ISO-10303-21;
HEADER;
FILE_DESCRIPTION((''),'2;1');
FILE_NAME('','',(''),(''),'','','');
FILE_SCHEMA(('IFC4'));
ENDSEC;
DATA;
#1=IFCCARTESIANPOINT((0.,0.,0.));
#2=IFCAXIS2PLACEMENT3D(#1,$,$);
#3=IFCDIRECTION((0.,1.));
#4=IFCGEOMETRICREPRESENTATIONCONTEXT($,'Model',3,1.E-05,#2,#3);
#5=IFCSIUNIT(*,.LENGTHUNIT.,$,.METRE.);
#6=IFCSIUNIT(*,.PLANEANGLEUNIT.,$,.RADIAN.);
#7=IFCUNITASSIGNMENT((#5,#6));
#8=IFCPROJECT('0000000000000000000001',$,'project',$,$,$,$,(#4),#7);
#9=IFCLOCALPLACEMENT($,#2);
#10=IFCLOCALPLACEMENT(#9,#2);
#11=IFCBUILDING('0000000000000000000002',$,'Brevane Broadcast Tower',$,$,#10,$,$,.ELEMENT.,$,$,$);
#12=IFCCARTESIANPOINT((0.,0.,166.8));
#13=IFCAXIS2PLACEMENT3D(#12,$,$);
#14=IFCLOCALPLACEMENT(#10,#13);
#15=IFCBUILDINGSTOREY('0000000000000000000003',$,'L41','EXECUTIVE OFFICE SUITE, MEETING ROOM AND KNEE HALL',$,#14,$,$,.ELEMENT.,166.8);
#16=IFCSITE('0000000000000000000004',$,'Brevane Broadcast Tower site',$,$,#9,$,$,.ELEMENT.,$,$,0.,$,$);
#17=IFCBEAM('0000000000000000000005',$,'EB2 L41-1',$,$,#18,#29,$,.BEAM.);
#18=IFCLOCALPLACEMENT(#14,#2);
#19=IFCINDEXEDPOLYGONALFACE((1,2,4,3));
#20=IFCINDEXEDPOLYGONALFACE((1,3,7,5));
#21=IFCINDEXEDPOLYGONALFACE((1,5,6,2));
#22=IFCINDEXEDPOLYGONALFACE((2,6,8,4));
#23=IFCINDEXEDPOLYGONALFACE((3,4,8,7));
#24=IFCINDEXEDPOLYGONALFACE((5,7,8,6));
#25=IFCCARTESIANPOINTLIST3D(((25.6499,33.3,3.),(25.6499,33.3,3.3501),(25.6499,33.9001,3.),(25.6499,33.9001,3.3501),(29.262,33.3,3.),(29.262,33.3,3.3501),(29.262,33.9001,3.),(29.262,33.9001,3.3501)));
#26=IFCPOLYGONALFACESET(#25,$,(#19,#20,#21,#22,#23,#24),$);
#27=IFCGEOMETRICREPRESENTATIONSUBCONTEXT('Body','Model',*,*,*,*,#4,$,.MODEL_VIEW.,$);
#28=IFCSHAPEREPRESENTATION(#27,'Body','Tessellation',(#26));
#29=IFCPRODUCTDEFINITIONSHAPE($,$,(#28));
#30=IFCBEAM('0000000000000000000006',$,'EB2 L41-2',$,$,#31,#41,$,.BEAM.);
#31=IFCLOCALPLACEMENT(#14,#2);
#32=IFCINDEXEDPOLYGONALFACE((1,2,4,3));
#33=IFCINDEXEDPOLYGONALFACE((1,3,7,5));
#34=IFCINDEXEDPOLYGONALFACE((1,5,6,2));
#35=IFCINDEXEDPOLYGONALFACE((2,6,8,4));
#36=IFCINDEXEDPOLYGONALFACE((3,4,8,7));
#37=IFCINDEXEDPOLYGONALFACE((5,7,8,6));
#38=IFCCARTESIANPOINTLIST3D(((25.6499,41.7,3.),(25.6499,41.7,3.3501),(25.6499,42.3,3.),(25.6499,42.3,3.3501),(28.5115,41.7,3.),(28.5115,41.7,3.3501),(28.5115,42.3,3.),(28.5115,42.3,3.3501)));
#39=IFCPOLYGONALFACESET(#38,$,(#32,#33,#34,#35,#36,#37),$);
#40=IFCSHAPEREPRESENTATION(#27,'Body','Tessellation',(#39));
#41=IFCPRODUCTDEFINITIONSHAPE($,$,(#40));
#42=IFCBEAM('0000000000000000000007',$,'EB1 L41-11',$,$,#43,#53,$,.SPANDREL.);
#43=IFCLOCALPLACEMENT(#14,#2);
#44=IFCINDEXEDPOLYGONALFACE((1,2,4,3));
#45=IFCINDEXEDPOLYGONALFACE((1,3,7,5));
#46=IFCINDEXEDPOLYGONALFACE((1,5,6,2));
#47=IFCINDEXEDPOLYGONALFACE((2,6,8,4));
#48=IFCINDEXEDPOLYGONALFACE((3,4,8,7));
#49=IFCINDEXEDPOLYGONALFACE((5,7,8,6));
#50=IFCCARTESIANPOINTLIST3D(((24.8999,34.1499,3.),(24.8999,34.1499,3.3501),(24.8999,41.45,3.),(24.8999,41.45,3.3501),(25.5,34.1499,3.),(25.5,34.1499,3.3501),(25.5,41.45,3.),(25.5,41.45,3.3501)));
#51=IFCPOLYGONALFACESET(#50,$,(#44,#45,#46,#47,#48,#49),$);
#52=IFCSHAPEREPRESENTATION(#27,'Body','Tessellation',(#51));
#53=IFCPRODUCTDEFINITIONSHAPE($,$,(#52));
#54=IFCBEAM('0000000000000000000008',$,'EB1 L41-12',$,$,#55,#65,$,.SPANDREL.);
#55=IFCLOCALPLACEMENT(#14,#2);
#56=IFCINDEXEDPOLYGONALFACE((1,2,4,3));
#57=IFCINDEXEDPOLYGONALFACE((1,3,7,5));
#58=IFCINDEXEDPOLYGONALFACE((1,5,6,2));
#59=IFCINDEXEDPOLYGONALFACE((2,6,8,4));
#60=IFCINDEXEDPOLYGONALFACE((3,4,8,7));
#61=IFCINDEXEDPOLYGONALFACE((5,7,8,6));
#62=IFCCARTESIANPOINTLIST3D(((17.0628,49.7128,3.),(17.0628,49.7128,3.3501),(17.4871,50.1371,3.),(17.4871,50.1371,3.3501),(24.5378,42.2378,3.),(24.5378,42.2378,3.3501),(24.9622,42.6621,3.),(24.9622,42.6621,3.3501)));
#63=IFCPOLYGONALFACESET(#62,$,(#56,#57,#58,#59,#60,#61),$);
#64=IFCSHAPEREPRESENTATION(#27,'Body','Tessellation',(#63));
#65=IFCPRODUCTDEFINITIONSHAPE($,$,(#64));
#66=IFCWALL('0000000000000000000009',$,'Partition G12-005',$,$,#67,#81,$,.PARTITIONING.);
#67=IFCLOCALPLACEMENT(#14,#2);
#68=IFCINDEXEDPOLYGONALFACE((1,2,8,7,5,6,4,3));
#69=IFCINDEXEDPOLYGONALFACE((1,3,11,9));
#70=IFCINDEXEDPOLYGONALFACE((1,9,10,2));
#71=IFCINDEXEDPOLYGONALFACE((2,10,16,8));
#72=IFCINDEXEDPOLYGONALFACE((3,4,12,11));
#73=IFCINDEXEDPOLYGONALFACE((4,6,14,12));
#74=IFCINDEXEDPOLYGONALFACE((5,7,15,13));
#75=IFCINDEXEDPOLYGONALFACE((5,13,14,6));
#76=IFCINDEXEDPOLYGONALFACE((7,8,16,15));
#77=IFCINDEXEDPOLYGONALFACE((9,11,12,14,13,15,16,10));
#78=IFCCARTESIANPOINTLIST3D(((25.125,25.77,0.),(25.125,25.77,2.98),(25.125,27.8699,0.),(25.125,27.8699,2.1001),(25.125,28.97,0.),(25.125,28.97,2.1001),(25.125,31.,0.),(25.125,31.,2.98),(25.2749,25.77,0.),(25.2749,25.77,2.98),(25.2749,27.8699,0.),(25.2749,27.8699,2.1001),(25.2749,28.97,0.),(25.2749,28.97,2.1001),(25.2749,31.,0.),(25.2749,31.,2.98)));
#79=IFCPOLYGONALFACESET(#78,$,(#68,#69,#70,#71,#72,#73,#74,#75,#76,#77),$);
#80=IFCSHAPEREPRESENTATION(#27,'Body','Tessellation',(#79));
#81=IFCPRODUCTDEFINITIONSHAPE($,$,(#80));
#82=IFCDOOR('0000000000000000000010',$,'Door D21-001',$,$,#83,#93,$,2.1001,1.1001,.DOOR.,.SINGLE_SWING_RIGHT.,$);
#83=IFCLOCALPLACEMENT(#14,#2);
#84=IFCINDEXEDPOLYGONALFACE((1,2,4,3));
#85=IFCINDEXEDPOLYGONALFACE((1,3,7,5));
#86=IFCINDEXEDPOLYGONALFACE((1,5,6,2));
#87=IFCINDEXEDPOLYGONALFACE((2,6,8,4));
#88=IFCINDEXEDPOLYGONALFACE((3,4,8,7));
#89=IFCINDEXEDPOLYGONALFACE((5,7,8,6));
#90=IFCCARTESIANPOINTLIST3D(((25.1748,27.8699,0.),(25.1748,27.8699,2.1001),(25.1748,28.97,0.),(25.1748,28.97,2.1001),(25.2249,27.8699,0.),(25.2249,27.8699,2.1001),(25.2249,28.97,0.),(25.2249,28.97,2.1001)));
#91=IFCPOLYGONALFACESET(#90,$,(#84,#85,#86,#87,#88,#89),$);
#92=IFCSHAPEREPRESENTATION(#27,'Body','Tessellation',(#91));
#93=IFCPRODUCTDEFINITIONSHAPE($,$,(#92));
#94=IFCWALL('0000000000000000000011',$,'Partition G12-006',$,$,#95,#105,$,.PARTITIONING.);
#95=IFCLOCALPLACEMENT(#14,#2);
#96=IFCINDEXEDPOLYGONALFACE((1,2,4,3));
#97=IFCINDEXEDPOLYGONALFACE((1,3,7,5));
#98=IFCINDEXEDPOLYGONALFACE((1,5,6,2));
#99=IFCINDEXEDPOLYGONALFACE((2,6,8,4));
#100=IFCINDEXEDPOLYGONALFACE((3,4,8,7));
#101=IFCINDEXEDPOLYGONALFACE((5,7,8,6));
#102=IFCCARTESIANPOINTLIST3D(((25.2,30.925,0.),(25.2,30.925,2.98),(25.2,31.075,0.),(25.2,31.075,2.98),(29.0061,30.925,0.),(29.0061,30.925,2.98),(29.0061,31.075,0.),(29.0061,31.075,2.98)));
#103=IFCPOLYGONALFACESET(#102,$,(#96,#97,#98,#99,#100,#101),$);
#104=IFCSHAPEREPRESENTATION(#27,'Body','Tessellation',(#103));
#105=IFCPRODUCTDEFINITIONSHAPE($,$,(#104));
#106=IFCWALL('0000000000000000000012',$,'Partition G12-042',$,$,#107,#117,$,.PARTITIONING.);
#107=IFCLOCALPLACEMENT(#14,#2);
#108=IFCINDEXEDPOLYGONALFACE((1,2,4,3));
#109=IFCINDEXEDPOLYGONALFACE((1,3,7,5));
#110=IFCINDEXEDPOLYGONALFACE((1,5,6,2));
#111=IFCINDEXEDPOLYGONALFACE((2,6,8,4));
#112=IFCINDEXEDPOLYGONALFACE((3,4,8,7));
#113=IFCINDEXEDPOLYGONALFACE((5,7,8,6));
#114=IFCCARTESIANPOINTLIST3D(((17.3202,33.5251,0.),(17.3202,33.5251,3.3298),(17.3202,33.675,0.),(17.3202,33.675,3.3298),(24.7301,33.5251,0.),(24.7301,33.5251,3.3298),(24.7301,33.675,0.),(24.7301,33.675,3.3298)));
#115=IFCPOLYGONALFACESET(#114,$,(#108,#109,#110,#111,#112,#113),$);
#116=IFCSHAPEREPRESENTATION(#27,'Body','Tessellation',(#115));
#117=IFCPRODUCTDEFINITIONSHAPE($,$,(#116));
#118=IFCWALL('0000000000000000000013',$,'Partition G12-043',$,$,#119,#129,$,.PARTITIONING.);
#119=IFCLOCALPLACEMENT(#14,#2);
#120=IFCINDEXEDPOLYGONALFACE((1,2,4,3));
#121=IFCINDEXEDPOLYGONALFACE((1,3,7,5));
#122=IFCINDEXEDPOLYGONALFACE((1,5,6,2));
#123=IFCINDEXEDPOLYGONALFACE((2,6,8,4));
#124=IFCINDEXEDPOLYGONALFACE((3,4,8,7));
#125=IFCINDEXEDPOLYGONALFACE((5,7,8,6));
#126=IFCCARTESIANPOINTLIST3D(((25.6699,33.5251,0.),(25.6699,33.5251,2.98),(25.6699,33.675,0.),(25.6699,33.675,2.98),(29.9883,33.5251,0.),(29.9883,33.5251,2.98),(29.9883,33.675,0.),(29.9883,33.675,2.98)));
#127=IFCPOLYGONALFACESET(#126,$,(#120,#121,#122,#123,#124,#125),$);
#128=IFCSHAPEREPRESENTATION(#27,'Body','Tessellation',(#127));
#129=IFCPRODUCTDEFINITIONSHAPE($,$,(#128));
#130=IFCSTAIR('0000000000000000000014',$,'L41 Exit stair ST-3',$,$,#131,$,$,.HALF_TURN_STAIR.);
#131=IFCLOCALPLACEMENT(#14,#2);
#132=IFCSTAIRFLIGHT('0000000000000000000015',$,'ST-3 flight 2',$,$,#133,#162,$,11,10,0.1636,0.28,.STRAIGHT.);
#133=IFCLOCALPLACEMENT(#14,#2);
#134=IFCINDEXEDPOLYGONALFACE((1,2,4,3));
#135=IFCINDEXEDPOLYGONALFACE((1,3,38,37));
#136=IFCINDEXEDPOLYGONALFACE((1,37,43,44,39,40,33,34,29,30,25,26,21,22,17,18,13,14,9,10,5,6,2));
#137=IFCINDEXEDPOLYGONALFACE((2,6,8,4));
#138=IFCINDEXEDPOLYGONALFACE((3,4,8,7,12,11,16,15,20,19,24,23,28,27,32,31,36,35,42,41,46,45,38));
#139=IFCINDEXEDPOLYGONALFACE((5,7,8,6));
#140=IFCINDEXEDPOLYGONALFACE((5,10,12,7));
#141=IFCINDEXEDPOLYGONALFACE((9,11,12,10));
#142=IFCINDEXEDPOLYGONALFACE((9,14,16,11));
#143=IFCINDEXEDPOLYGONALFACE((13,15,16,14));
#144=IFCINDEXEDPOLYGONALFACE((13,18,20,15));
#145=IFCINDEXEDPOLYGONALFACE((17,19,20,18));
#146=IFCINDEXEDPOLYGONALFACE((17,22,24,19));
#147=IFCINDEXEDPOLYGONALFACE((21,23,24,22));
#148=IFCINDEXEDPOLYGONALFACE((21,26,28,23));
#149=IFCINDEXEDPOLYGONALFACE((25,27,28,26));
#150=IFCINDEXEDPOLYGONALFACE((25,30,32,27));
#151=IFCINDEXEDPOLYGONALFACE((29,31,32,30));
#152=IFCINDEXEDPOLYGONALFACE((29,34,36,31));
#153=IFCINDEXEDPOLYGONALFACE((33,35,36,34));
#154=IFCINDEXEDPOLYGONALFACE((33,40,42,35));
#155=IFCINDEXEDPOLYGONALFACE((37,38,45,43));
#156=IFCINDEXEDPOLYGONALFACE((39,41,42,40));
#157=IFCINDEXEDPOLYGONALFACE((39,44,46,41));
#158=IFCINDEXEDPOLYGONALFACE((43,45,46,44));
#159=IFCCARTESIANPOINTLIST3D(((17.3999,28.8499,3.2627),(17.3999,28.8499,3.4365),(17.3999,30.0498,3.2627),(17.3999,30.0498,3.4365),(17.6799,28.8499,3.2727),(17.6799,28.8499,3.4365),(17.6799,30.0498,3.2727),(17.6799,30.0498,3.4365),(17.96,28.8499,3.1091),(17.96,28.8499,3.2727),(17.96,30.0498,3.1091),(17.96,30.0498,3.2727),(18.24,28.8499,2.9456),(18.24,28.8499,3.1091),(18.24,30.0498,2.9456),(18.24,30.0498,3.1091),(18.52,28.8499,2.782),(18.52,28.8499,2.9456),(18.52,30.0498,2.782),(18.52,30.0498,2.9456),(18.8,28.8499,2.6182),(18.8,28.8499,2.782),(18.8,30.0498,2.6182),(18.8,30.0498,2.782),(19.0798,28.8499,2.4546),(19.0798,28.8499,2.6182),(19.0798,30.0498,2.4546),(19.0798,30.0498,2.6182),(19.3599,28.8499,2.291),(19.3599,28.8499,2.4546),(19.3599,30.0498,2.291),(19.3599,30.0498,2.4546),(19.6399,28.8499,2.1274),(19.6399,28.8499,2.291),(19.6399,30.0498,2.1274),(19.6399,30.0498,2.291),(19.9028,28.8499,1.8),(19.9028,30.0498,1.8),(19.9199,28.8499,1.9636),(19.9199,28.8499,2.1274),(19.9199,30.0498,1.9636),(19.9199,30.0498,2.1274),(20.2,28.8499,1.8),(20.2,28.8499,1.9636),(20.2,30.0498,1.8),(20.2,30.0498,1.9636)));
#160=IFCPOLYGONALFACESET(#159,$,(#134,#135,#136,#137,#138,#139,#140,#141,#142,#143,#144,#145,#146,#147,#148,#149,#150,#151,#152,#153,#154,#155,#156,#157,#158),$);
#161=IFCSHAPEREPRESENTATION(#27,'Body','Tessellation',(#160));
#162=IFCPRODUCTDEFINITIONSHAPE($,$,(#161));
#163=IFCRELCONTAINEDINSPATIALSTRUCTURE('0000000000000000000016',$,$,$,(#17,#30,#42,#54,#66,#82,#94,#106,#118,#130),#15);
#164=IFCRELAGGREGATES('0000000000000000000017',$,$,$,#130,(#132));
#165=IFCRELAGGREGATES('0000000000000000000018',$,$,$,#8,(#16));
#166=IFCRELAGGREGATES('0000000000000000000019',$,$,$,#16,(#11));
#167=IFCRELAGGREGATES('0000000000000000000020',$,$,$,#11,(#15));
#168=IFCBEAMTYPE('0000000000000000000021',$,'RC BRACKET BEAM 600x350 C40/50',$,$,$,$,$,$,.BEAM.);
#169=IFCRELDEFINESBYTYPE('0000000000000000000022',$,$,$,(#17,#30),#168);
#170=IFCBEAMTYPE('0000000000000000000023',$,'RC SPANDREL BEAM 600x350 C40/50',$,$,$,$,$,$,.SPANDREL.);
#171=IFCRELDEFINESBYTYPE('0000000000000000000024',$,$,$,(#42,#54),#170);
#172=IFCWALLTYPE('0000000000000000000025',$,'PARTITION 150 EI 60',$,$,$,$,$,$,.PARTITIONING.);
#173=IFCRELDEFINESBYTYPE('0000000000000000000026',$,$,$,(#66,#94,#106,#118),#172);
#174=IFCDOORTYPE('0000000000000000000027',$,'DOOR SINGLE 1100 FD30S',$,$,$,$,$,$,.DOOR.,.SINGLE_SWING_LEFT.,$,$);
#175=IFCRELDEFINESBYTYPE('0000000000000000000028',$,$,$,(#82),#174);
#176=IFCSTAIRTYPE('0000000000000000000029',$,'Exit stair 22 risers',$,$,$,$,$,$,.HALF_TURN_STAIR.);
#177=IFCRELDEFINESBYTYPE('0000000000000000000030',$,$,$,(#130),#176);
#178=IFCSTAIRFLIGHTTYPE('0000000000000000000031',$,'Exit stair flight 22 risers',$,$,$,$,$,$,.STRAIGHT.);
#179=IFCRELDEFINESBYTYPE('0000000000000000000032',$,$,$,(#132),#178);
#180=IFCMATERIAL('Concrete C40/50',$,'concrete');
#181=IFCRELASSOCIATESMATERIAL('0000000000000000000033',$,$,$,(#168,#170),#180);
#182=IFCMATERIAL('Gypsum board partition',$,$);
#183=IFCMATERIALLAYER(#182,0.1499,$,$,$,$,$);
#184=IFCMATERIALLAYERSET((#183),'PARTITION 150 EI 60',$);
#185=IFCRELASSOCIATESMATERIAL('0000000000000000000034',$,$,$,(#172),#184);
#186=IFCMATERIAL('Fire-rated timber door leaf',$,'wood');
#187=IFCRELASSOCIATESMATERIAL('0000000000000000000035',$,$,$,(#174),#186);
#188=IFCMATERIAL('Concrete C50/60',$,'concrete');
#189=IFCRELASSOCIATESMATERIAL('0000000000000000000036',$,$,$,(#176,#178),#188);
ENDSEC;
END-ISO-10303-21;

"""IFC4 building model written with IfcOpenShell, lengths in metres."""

from ifc_helpers import new_model, si_unit, direction, frame, frame_2d, origin, origin_2d, place, context, subcontext, project, spatial, polyline, rectangle, outline, extrude, material, layer, layer_set, material_profile, profile_set, type_object, element, fill, aggregate, save


model = new_model("IFC4")

# Units and contexts
model_context = context("Model", 3, precision=1e-05, world=origin(), true_north=direction((0.0, 1.0)))
body_context = subcontext(model_context, "Body", "Model", "MODEL_VIEW")
ifc_project = project(units=[si_unit("LENGTHUNIT", "METRE"), si_unit("PLANEANGLEUNIT", "RADIAN")], contexts=[model_context])

# Site, building, storey
site_placement = place(None, origin())
site = spatial("IfcSite", under=ifc_project, at=site_placement, Name="Brevane Broadcast Tower site", CompositionType="ELEMENT", RefElevation=0.0)
building_placement = place(site_placement, origin())
building = spatial("IfcBuilding", under=site, at=building_placement, Name="Brevane Broadcast Tower", CompositionType="ELEMENT")
storey_placement = place(building_placement, frame((0.0, 0.0, 166.8)))
storey = spatial("IfcBuildingStorey", under=building, at=storey_placement, Name="L41", Description="EXECUTIVE OFFICE SUITE, MEETING ROOM AND KNEE HALL", CompositionType="ELEMENT", Elevation=166.8)

# Beams
ifc_material_1 = material(Name="Concrete C40/50", Category="concrete")
ifc_material_profile_1 = material_profile(ifc_material_1, rectangle(XDim=0.6001, YDim=0.3501, at=origin_2d()), Name="RC 600x350")
ifc_profile_set_1 = profile_set([ifc_material_profile_1], Name="Concrete C40/50")
beam_type_1 = type_object("IfcBeamType", Name="RC BRACKET BEAM 600x350 C40/50", PredefinedType="BEAM", material=ifc_profile_set_1)
beam_1_placement = place(storey_placement, frame((25.6499, 33.6001, 3.175), z_axis=(1.0, 0.0, 0.0), x_axis=(0.0, 1.0, 0.0)))
element("IfcBeam", 1, at=beam_1_placement, inside=storey, type_object=beam_type_1, Name="EB2 L41-1", PredefinedType="BEAM", context=body_context, shape_type="SweptSolid", body=[
    extrude(rectangle(XDim=0.6001, YDim=0.3501, at=origin_2d()), origin(), (0.0, 0.0, 1.0), 3.6121),
])
beam_2_placement = place(storey_placement, frame((25.6499, 42.0, 3.175), z_axis=(1.0, 0.0, 0.0), x_axis=(0.0, 1.0, 0.0)))
element("IfcBeam", 2, at=beam_2_placement, inside=storey, type_object=beam_type_1, Name="EB2 L41-2", PredefinedType="BEAM", context=body_context, shape_type="SweptSolid", body=[
    extrude(rectangle(XDim=0.6001, YDim=0.3501, at=origin_2d()), origin(), (0.0, 0.0, 1.0), 2.8616),
])
ifc_material_profile_2 = material_profile(ifc_material_1, rectangle(XDim=0.6001, YDim=0.3501, at=origin_2d()), Name="RC 600x350")
ifc_profile_set_2 = profile_set([ifc_material_profile_2], Name="Concrete C40/50")
beam_type_2 = type_object("IfcBeamType", Name="RC SPANDREL BEAM 600x350 C40/50", PredefinedType="SPANDREL", material=ifc_profile_set_2)
beam_3_placement = place(storey_placement, frame((25.2, 34.1499, 3.175), z_axis=(0.0, 1.0, 0.0), x_axis=(-1.0, 0.0, 0.0)))
element("IfcBeam", 3, at=beam_3_placement, inside=storey, type_object=beam_type_2, Name="EB1 L41-11", PredefinedType="SPANDREL", context=body_context, shape_type="SweptSolid", body=[
    extrude(rectangle(XDim=0.6001, YDim=0.3501, at=origin_2d()), origin(), (0.0, 0.0, 1.0), 7.3),
])
beam_4_placement = place(storey_placement, frame((24.75, 42.45, 3.175), z_axis=(-0.707107, 0.707107, 0.0), x_axis=(-0.707107, -0.707107, 0.0)))
element("IfcBeam", 4, at=beam_4_placement, inside=storey, type_object=beam_type_2, Name="EB1 L41-12", PredefinedType="SPANDREL", context=body_context, shape_type="SweptSolid", body=[
    extrude(rectangle(XDim=0.6001, YDim=0.3501, at=origin_2d()), origin(), (0.0, 0.0, 1.0), 10.5713),
])

# Wall, opening, door
ifc_material_2 = material(Name="Gypsum board partition")
ifc_layer = layer(ifc_material_2, 0.1499)
ifc_layer_set = layer_set([ifc_layer], Name="PARTITION 150 EI 60")
wall_type = type_object("IfcWallType", Name="PARTITION 150 EI 60", PredefinedType="PARTITIONING", material=ifc_layer_set)
wall_1_placement = place(storey_placement, frame((25.2, 31.0, 0.0), z_axis=(0.0, 0.0, 1.0), x_axis=(0.0, -1.0, 0.0)))
wall_1 = element("IfcWall", 5, at=wall_1_placement, inside=storey, type_object=wall_type, Name="Partition G12-005", PredefinedType="PARTITIONING", context=body_context, shape_type="SweptSolid", body=[
    extrude(outline(polyline([(0.0, 0.0), (5.23, 0.0), (5.23, 2.98), (0.0, 2.98), (0.0, 0.0)])), frame((0.0, 0.075, 0.0), z_axis=(0.0, -1.0, 0.0), x_axis=(1.0, 0.0, 0.0)), (0.0, 0.0, 1.0), 0.1499),
])
opening_placement = place(wall_1_placement, frame((2.03, 0.0, 0.0)))
opening = element("IfcOpeningElement", 6, at=opening_placement, cuts=wall_1, PredefinedType="OPENING", context=body_context, shape_type="SweptSolid", body=[
    extrude(rectangle(XDim=1.1001, YDim=2.1001, at=frame_2d((0.55, 1.05))), frame((0.0, 0.085, 0.0), z_axis=(0.0, -1.0, 0.0), x_axis=(1.0, 0.0, 0.0)), (0.0, 0.0, 1.0), 0.1699),
])
ifc_material_3 = material(Name="Fire-rated timber door leaf", Category="wood")
door_type = type_object("IfcDoorType", Name="DOOR SINGLE 1100 FD30S", OperationType="SINGLE_SWING_LEFT", PredefinedType="DOOR", material=ifc_material_3)
door_placement = place(opening_placement, origin())
door = element("IfcDoor", 7, at=door_placement, inside=storey, type_object=door_type, Name="Door D21-001", OperationType="SINGLE_SWING_RIGHT", OverallHeight=2.1001, OverallWidth=1.1001, PredefinedType="DOOR", context=body_context, shape_type="SweptSolid", body=[
    extrude(rectangle(XDim=1.1001, YDim=2.1001, at=frame_2d((0.55, 1.05))), frame((0.0, 0.0249, 0.0), z_axis=(0.0, -1.0, 0.0), x_axis=(1.0, 0.0, 0.0)), (0.0, 0.0, 1.0), 0.05),
])
fill(opening, door)

# Walls
wall_2_placement = place(storey_placement, frame((25.2, 31.0, 0.0), z_axis=(0.0, 0.0, 1.0), x_axis=(1.0, 0.0, 0.0)))
element("IfcWall", 8, at=wall_2_placement, inside=storey, type_object=wall_type, Name="Partition G12-006", PredefinedType="PARTITIONING", context=body_context, shape_type="SweptSolid", body=[
    extrude(rectangle(XDim=3.8062, YDim=0.1499, at=frame_2d((1.9031, 0.0))), origin(), (0.0, 0.0, 1.0), 2.98),
])
wall_3_placement = place(storey_placement, frame((17.3201, 33.6001, 0.0), z_axis=(0.0, 0.0, 1.0), x_axis=(1.0, 0.0, 0.0)))
element("IfcWall", 9, at=wall_3_placement, inside=storey, type_object=wall_type, Name="Partition G12-042", PredefinedType="PARTITIONING", context=body_context, shape_type="SweptSolid", body=[
    extrude(rectangle(XDim=7.4099, YDim=0.1499, at=frame_2d((3.7051, 0.0))), origin(), (0.0, 0.0, 1.0), 3.3298),
])
wall_4_placement = place(storey_placement, frame((25.6699, 33.6001, 0.0), z_axis=(0.0, 0.0, 1.0), x_axis=(1.0, 0.0, 0.0)))
element("IfcWall", 10, at=wall_4_placement, inside=storey, type_object=wall_type, Name="Partition G12-043", PredefinedType="PARTITIONING", context=body_context, shape_type="SweptSolid", body=[
    extrude(rectangle(XDim=4.3184, YDim=0.1499, at=frame_2d((2.1592, 0.0))), origin(), (0.0, 0.0, 1.0), 2.98),
])

# Stair, stair flight
ifc_material_4 = material(Name="Concrete C50/60", Category="concrete")
stair_type = type_object("IfcStairType", Name="Exit stair 22 risers", PredefinedType="HALF_TURN_STAIR", material=ifc_material_4)
stair_placement = place(storey_placement, origin())
stair = element("IfcStair", 11, at=stair_placement, inside=storey, type_object=stair_type, Name="L41 Exit stair ST-3", PredefinedType="HALF_TURN_STAIR")
stair_flight_type = type_object("IfcStairFlightType", Name="Exit stair flight 22 risers", PredefinedType="STRAIGHT", material=ifc_material_4)
stair_flight_placement = place(storey_placement, frame((20.2, 29.45, 1.8), z_axis=(0.0, 0.0, 1.0), x_axis=(-1.0, 0.0, 0.0)))
stair_flight = element("IfcStairFlight", 12, at=stair_flight_placement, type_object=stair_flight_type, Name="ST-3 flight 2", NumberOfRisers=11, NumberOfTreads=10, PredefinedType="STRAIGHT", RiserHeight=0.1636, TreadLength=0.28, context=body_context, shape_type="SweptSolid", body=[
    extrude(outline(polyline([(0.0, 0.0), (0.0, 0.1636), (0.28, 0.1636), (0.28, 0.3274), (0.5601, 0.3274), (0.5601, 0.491), (0.8401, 0.491), (0.8401, 0.6545), (1.1201, 0.6545), (1.1201, 0.8181), (1.3999, 0.8181), (1.3999, 0.9819), (1.6799, 0.9819), (1.6799, 1.1455), (1.96, 1.1455), (1.96, 1.3091), (2.24, 1.3091), (2.24, 1.4727), (2.52, 1.4727), (2.52, 1.6365), (2.8, 1.6365), (2.8, 1.8), (2.8, 1.4626), (0.2971, 0.0), (0.0, 0.0)])), frame((0.0, 0.6001, 0.0), z_axis=(0.0, -1.0, 0.0), x_axis=(1.0, 0.0, 0.0)), (0.0, 0.0, 1.0), 1.2),
])
aggregate(stair, [stair_flight])

save(model, "model.ifc")
